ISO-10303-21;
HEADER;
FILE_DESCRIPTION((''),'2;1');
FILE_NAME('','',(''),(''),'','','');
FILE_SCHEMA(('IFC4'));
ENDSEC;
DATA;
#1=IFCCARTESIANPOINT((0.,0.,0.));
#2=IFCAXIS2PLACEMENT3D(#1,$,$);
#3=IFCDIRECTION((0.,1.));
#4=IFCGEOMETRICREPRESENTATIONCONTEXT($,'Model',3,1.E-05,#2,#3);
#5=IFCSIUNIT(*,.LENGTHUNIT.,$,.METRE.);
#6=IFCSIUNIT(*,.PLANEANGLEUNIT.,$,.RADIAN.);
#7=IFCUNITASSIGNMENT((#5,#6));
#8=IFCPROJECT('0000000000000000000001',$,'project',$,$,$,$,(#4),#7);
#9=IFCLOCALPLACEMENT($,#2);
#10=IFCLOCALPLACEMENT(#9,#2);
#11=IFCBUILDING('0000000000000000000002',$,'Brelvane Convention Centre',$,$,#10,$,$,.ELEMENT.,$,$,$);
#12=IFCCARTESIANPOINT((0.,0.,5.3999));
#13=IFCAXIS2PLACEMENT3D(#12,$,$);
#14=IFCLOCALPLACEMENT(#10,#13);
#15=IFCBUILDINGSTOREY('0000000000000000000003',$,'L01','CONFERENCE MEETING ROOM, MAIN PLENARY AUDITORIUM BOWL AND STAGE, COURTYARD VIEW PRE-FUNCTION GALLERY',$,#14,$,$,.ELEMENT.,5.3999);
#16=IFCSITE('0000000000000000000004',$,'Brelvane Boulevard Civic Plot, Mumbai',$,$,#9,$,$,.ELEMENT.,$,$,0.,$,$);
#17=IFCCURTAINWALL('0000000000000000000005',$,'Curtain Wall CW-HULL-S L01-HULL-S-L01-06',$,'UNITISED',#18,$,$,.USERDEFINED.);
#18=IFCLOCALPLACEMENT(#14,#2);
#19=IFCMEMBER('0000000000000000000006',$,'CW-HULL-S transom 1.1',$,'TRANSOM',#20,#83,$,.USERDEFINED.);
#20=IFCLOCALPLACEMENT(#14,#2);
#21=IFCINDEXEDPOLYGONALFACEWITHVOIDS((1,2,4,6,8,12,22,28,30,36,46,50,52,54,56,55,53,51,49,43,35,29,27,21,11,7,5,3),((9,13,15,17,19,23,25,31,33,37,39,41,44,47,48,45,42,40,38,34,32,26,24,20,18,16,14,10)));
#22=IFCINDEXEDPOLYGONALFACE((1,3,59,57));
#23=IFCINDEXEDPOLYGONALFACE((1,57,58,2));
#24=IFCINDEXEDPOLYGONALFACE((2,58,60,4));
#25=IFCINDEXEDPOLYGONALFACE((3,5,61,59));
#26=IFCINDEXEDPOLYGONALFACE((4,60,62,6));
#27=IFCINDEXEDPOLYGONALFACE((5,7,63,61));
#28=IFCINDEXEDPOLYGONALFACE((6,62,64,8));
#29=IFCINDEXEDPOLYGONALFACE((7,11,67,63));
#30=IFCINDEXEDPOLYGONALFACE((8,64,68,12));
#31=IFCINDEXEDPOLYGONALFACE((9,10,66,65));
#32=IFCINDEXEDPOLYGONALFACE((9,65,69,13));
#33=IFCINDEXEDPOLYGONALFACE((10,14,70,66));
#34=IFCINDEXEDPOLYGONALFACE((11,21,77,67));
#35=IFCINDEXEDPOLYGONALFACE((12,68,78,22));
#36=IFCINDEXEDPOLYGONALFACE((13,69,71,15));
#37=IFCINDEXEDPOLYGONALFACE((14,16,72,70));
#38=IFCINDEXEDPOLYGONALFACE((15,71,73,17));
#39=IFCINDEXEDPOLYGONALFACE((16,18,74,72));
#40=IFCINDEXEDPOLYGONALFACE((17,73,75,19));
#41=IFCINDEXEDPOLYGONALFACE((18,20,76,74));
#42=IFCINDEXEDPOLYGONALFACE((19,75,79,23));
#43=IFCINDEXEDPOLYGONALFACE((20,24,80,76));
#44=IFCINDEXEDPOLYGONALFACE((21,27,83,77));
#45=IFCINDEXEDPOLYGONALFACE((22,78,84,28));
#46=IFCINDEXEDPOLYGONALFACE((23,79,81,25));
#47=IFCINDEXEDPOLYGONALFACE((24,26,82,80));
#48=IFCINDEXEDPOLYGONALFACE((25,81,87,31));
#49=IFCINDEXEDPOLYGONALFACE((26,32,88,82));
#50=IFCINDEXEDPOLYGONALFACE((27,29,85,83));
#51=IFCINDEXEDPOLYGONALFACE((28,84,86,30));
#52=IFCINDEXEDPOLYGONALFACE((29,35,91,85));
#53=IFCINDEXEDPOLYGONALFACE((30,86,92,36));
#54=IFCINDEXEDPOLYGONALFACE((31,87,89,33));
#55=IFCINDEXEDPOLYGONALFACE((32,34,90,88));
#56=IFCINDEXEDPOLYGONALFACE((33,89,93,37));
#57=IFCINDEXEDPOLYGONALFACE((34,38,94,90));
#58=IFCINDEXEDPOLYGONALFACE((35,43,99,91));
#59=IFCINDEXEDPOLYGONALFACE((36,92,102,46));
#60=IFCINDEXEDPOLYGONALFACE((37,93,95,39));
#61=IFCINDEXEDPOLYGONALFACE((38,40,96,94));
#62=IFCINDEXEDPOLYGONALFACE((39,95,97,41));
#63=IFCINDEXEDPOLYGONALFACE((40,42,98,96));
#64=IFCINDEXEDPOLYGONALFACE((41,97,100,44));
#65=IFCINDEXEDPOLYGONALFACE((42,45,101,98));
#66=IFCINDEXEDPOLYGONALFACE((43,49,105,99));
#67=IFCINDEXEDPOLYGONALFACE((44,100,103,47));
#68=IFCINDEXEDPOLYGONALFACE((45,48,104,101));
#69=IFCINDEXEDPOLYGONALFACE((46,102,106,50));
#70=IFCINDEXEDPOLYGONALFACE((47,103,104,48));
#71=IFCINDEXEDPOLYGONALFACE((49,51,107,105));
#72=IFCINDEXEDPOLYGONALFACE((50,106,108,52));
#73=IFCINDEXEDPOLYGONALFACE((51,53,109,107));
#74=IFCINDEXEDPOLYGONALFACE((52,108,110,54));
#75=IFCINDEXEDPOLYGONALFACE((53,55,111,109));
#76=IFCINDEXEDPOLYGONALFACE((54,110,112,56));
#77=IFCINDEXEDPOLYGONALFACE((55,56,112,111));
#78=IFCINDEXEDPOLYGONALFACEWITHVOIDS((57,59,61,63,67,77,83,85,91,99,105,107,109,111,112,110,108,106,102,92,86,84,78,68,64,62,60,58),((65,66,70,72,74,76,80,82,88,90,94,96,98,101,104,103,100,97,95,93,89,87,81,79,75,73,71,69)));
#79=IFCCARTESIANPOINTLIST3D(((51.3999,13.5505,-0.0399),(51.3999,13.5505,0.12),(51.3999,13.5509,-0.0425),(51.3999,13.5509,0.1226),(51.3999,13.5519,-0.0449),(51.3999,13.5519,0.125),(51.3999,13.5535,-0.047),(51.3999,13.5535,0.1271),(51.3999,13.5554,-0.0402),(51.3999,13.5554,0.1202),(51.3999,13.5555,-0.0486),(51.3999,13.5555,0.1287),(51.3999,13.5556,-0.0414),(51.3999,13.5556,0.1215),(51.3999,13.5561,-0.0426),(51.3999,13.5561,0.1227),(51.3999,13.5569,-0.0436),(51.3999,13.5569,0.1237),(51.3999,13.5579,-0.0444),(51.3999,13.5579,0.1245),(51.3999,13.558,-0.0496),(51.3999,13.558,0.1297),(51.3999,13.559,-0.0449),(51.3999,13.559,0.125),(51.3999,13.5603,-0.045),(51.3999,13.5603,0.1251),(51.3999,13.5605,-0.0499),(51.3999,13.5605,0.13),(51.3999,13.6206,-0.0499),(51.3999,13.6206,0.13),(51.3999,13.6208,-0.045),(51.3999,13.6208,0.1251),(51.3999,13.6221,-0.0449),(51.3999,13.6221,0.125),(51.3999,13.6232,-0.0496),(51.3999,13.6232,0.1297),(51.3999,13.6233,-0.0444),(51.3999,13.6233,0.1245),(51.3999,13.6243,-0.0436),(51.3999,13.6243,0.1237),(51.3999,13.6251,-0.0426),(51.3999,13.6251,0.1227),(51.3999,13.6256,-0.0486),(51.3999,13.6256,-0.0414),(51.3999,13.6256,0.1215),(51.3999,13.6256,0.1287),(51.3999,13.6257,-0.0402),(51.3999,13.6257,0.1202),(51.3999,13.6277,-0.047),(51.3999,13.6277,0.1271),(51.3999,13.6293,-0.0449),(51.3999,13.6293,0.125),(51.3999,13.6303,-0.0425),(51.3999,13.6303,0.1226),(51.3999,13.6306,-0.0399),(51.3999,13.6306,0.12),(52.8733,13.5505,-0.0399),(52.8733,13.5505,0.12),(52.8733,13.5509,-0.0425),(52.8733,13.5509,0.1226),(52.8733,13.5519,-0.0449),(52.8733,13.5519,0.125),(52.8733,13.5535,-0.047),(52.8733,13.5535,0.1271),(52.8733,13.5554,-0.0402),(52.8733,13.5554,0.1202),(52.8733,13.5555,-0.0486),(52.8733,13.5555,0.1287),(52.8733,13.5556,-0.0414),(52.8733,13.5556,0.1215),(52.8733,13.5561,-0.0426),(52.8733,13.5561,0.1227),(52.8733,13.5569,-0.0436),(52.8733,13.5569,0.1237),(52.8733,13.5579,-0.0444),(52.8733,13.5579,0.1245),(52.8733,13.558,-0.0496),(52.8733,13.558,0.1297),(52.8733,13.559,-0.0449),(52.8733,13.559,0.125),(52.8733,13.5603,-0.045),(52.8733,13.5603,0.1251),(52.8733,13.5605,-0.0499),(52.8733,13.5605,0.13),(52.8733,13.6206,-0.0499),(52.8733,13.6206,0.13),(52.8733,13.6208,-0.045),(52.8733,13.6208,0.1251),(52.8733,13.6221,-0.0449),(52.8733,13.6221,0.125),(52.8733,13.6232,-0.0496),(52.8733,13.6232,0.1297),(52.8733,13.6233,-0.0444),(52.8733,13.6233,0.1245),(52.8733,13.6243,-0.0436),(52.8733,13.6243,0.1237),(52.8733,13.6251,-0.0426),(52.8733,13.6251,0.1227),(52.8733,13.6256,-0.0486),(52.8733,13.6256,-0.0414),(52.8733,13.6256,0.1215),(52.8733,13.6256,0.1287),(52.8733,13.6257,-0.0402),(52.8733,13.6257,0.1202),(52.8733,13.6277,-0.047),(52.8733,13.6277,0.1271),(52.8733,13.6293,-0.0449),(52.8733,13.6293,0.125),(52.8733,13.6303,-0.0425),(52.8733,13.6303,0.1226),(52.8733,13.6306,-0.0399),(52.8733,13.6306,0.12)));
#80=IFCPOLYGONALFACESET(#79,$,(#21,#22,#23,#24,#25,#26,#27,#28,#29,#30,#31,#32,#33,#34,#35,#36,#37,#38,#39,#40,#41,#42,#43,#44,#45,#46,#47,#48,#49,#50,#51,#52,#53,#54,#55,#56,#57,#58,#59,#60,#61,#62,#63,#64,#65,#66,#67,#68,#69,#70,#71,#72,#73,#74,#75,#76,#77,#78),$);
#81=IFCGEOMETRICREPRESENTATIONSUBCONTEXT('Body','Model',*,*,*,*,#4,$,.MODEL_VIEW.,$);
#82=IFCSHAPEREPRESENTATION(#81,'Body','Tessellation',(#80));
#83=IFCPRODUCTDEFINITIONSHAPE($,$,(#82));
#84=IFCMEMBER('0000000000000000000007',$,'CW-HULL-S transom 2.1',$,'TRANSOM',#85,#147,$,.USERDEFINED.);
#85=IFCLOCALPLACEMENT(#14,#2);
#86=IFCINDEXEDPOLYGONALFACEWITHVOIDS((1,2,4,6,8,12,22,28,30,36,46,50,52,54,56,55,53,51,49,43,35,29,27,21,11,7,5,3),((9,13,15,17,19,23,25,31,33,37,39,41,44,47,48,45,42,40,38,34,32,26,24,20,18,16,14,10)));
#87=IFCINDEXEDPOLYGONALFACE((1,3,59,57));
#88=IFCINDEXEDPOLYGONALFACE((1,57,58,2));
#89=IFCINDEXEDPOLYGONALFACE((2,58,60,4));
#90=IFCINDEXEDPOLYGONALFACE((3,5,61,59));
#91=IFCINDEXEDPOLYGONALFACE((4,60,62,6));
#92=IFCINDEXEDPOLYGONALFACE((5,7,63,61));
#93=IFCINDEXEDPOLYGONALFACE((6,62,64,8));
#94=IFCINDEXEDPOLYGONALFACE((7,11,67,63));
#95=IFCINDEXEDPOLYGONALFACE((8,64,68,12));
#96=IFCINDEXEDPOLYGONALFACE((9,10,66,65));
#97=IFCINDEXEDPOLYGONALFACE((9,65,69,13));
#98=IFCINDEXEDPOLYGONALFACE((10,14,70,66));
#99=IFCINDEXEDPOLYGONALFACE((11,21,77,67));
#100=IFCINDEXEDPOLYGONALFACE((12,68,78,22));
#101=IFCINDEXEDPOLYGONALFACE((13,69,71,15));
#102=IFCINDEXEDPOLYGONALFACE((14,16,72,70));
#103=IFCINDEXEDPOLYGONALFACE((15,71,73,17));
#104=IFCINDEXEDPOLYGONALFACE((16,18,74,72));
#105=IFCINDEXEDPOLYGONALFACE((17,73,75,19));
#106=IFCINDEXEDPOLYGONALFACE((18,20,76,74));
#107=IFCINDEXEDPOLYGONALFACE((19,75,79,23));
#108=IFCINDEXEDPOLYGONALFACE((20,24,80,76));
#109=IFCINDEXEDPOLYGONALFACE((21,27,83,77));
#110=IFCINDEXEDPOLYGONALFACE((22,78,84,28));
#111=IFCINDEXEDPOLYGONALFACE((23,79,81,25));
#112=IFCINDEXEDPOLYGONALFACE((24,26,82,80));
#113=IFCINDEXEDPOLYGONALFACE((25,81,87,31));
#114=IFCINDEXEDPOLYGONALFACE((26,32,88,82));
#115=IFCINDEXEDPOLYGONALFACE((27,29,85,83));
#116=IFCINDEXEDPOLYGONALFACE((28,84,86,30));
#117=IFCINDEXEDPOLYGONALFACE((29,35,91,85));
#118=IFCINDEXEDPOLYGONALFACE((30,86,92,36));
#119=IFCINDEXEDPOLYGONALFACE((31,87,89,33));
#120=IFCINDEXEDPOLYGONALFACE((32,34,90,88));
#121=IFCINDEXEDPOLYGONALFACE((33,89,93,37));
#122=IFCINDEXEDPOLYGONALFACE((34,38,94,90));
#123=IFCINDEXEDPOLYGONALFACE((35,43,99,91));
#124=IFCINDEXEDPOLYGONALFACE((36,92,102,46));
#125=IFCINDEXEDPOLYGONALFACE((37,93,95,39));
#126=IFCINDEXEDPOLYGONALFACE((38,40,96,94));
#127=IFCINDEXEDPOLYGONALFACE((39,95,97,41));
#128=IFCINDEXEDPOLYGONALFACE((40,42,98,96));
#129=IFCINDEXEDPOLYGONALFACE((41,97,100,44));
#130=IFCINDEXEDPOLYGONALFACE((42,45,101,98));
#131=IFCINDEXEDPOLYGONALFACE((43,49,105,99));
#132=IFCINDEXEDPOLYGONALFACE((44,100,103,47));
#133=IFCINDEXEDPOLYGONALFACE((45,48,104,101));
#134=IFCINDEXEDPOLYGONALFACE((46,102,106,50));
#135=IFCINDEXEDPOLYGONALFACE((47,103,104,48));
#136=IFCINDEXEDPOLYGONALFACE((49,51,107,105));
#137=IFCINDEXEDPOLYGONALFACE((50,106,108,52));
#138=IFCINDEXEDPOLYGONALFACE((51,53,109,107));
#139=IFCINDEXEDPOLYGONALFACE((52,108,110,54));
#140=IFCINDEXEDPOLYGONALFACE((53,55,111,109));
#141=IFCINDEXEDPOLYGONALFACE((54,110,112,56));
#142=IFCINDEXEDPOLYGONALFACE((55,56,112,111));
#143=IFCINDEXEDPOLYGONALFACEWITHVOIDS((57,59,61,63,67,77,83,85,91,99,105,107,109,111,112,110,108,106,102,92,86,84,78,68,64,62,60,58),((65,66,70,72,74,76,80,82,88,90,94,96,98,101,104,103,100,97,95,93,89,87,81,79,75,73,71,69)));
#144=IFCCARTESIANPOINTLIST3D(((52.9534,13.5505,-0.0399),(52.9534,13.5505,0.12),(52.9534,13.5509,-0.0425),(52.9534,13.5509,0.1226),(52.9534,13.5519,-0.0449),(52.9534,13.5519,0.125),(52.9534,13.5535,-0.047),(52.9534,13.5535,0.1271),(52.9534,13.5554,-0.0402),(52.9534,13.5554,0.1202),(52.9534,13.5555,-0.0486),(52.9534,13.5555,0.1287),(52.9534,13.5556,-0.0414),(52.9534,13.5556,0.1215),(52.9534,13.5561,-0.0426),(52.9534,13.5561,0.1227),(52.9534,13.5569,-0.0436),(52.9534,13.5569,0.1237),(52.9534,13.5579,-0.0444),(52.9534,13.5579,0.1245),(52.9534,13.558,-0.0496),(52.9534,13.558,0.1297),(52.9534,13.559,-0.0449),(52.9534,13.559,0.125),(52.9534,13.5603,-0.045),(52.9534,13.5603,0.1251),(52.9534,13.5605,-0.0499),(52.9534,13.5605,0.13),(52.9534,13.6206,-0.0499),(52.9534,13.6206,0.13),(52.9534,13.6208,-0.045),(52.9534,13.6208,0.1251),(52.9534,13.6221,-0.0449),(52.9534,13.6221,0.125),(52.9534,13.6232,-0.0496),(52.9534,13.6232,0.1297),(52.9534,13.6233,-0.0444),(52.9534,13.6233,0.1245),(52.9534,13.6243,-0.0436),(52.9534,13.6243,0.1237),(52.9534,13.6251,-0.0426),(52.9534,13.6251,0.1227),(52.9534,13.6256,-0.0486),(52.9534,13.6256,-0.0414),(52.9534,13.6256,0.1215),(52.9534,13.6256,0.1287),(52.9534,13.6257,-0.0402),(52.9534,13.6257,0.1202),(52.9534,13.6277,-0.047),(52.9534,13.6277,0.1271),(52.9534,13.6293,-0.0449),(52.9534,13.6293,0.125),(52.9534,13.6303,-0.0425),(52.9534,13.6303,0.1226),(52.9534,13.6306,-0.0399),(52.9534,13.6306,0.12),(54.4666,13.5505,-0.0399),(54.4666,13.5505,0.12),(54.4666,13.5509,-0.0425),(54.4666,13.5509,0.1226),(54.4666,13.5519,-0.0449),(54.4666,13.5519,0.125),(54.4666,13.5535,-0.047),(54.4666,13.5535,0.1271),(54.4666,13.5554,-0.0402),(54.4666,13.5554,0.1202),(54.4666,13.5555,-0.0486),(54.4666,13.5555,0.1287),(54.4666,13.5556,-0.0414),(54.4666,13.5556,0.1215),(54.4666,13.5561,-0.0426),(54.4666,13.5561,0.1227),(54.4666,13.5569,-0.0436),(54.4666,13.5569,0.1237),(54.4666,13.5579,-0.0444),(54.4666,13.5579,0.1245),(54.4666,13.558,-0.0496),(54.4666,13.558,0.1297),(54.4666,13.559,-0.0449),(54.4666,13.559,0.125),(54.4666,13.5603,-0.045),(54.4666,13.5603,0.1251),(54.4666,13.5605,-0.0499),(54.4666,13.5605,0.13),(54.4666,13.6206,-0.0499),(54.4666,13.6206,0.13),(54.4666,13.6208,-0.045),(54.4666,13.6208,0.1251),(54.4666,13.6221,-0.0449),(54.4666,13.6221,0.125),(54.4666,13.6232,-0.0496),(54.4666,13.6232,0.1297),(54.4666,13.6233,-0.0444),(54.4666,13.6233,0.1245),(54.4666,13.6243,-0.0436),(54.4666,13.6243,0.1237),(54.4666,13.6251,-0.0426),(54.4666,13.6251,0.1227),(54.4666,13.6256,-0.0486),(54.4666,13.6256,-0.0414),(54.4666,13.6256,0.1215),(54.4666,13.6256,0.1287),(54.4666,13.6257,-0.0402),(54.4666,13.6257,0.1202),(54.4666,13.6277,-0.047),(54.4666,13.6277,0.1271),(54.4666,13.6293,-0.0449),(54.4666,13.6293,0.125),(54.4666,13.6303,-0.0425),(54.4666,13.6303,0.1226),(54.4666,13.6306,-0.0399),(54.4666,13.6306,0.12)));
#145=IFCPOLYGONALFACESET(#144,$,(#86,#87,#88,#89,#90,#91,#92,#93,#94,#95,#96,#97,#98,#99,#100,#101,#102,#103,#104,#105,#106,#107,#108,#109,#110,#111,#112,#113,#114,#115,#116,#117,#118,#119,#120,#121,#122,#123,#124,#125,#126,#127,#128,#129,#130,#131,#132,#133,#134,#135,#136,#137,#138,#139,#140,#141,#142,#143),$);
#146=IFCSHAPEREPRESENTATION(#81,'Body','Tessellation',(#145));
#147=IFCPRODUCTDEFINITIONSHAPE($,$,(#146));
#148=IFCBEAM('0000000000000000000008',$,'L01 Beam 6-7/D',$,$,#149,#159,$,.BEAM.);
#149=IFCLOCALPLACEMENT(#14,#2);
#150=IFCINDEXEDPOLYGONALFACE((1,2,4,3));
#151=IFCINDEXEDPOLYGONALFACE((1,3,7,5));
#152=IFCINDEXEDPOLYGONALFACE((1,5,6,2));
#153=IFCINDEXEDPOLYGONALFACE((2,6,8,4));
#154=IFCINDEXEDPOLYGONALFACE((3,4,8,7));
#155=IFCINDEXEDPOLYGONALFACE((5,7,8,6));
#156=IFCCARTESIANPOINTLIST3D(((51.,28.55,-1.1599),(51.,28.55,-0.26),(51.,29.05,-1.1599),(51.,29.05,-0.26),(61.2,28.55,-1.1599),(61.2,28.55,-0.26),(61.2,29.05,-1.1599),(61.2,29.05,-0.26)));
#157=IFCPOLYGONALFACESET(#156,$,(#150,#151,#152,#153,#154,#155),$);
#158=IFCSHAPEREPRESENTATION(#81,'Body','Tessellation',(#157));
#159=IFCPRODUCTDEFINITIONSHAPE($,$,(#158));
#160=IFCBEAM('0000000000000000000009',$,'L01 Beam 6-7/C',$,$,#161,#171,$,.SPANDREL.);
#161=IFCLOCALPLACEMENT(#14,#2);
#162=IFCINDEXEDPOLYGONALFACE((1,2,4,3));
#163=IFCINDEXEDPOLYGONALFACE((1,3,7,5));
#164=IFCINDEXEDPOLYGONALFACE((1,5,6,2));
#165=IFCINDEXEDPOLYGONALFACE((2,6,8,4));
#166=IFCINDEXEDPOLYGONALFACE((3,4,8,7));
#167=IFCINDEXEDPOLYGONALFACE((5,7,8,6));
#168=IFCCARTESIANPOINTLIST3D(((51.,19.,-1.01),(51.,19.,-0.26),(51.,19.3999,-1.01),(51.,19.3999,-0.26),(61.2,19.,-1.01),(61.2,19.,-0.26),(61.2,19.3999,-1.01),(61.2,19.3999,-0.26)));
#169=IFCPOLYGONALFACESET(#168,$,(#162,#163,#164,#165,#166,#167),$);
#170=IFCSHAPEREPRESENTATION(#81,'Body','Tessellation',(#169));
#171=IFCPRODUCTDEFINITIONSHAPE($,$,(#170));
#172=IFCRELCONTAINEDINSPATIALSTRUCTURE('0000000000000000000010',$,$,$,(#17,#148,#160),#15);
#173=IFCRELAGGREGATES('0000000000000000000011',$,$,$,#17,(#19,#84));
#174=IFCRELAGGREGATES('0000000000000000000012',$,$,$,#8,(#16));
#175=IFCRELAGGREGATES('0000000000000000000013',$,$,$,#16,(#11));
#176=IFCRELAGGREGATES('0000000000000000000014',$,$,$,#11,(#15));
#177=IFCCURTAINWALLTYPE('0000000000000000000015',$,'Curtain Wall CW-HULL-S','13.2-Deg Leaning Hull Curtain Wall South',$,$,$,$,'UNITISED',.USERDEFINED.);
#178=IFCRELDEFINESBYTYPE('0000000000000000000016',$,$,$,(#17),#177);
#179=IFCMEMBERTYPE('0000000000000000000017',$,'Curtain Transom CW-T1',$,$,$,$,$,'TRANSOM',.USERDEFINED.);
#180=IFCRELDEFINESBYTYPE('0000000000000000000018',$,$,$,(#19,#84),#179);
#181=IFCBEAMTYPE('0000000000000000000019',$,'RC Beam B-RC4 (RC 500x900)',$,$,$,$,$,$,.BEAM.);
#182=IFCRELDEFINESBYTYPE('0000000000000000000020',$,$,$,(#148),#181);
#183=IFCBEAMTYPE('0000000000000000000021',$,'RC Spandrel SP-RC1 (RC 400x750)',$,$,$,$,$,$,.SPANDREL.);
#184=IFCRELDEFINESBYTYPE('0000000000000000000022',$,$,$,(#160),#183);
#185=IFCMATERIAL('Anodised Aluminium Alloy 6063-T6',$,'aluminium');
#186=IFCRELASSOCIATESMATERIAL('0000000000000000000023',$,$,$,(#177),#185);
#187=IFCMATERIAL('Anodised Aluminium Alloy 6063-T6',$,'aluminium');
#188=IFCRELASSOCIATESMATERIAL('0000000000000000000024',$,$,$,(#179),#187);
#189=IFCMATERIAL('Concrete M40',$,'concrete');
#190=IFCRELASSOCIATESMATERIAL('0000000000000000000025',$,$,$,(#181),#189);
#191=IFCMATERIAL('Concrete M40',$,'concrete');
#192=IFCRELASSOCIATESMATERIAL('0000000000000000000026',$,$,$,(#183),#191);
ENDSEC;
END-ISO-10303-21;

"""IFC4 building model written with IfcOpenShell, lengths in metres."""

from ifc_helpers import new_model, si_unit, direction, frame, origin, origin_2d, place, context, subcontext, project, spatial, rectangle, hollow_rectangle, extrude, material, material_profile, profile_set, type_object, element, aggregate, save


model = new_model("IFC4")

# Units and contexts
model_context = context("Model", 3, precision=1e-05, world=origin(), true_north=direction((0.0, 1.0)))
body_context = subcontext(model_context, "Body", "Model", "MODEL_VIEW")
ifc_project = project(units=[si_unit("LENGTHUNIT", "METRE"), si_unit("PLANEANGLEUNIT", "RADIAN")], contexts=[model_context])

# Site, building, storey
site_placement = place(None, origin())
site = spatial("IfcSite", under=ifc_project, at=site_placement, Name="Brelvane Boulevard Civic Plot, Mumbai", CompositionType="ELEMENT", RefElevation=0.0)
building_placement = place(site_placement, origin())
building = spatial("IfcBuilding", under=site, at=building_placement, Name="Brelvane Convention Centre", CompositionType="ELEMENT")
storey_placement = place(building_placement, frame((0.0, 0.0, 5.3999)))
storey = spatial("IfcBuildingStorey", under=building, at=storey_placement, Name="L01", Description="CONFERENCE MEETING ROOM, MAIN PLENARY AUDITORIUM BOWL AND STAGE, COURTYARD VIEW PRE-FUNCTION GALLERY", CompositionType="ELEMENT", Elevation=5.3999)

# Curtain wall
ifc_material_1 = material(Name="Anodised Aluminium Alloy 6063-T6", Category="aluminium")
curtain_wall_type = type_object("IfcCurtainWallType", Name="Curtain Wall CW-HULL-S", Description="13.2-Deg Leaning Hull Curtain Wall South", ElementType="UNITISED", PredefinedType="USERDEFINED", material=ifc_material_1)
curtain_wall_1_placement = place(storey_placement, origin())
curtain_wall_1 = element("IfcCurtainWall", 1, at=curtain_wall_1_placement, inside=storey, type_object=curtain_wall_type, Name="Curtain Wall CW-HULL-S L01-HULL-S-L01-06", ObjectType="UNITISED", PredefinedType="USERDEFINED")

# Members
ifc_material_2 = material(Name="Anodised Aluminium Alloy 6063-T6", Category="aluminium")
ifc_material_profile_1 = material_profile(ifc_material_2, hollow_rectangle(XDim=0.0801, YDim=0.1799, WallThickness=0.0049, InnerFilletRadius=0.0049, OuterFilletRadius=0.01, at=origin_2d()), Name="ALU-T 180x80x5.0")
ifc_profile_set_1 = profile_set([ifc_material_profile_1], Name="Anodised Aluminium Alloy 6063-T6")
member_type_1 = type_object("IfcMemberType", Name="Curtain Transom CW-T1", ElementType="TRANSOM", PredefinedType="USERDEFINED", material=ifc_profile_set_1)
member_1_placement = place(storey_placement, frame((51.3999, 13.5906, 0.04), z_axis=(1.0, 0.0, 0.0), x_axis=(0.0, 1.0, 0.0)))
member_1 = element("IfcMember", 2, at=member_1_placement, type_object=member_type_1, Name="CW-HULL-S transom 1.1", ObjectType="TRANSOM", PredefinedType="USERDEFINED", context=body_context, shape_type="SweptSolid", body=[
    extrude(hollow_rectangle(XDim=0.0801, YDim=0.1799, WallThickness=0.0049, InnerFilletRadius=0.0049, OuterFilletRadius=0.01, at=origin_2d()), origin(), (0.0, 0.0, 1.0), 1.4734),
])
member_2_placement = place(storey_placement, frame((52.9534, 13.5906, 0.04), z_axis=(1.0, 0.0, 0.0), x_axis=(0.0, 1.0, 0.0)))
member_2 = element("IfcMember", 3, at=member_2_placement, type_object=member_type_1, Name="CW-HULL-S transom 2.1", ObjectType="TRANSOM", PredefinedType="USERDEFINED", context=body_context, shape_type="SweptSolid", body=[
    extrude(hollow_rectangle(XDim=0.0801, YDim=0.1799, WallThickness=0.0049, InnerFilletRadius=0.0049, OuterFilletRadius=0.01, at=origin_2d()), origin(), (0.0, 0.0, 1.0), 1.5132),
])

# Beams
ifc_material_3 = material(Name="Concrete M40", Category="concrete")
ifc_material_profile_2 = material_profile(ifc_material_3, rectangle(XDim=0.5, YDim=0.8999, at=origin_2d()), Name="RC 500x900")
ifc_profile_set_2 = profile_set([ifc_material_profile_2], Name="Concrete M40")
beam_type_1 = type_object("IfcBeamType", Name="RC Beam B-RC4 (RC 500x900)", PredefinedType="BEAM", material=ifc_profile_set_2)
beam_1_placement = place(storey_placement, frame((51.0, 28.8, -0.71), z_axis=(1.0, 0.0, 0.0), x_axis=(0.0, 1.0, 0.0)))
element("IfcBeam", 4, at=beam_1_placement, inside=storey, type_object=beam_type_1, Name="L01 Beam 6-7/D", PredefinedType="BEAM", context=body_context, shape_type="SweptSolid", body=[
    extrude(rectangle(XDim=0.5, YDim=0.8999, at=origin_2d()), origin(), (0.0, 0.0, 1.0), 10.2),
])
ifc_material_4 = material(Name="Concrete M40", Category="concrete")
ifc_material_profile_3 = material_profile(ifc_material_4, rectangle(XDim=0.3999, YDim=0.75, at=origin_2d()), Name="RC 400x750")
ifc_profile_set_3 = profile_set([ifc_material_profile_3], Name="Concrete M40")
beam_type_2 = type_object("IfcBeamType", Name="RC Spandrel SP-RC1 (RC 400x750)", PredefinedType="SPANDREL", material=ifc_profile_set_3)
beam_2_placement = place(storey_placement, frame((51.0, 19.2, -0.635), z_axis=(1.0, 0.0, 0.0), x_axis=(0.0, 1.0, 0.0)))
element("IfcBeam", 5, at=beam_2_placement, inside=storey, type_object=beam_type_2, Name="L01 Beam 6-7/C", PredefinedType="SPANDREL", context=body_context, shape_type="SweptSolid", body=[
    extrude(rectangle(XDim=0.3999, YDim=0.75, at=origin_2d()), origin(), (0.0, 0.0, 1.0), 10.2),
])

aggregate(curtain_wall_1, [member_1, member_2])

save(model, "model.ifc")
